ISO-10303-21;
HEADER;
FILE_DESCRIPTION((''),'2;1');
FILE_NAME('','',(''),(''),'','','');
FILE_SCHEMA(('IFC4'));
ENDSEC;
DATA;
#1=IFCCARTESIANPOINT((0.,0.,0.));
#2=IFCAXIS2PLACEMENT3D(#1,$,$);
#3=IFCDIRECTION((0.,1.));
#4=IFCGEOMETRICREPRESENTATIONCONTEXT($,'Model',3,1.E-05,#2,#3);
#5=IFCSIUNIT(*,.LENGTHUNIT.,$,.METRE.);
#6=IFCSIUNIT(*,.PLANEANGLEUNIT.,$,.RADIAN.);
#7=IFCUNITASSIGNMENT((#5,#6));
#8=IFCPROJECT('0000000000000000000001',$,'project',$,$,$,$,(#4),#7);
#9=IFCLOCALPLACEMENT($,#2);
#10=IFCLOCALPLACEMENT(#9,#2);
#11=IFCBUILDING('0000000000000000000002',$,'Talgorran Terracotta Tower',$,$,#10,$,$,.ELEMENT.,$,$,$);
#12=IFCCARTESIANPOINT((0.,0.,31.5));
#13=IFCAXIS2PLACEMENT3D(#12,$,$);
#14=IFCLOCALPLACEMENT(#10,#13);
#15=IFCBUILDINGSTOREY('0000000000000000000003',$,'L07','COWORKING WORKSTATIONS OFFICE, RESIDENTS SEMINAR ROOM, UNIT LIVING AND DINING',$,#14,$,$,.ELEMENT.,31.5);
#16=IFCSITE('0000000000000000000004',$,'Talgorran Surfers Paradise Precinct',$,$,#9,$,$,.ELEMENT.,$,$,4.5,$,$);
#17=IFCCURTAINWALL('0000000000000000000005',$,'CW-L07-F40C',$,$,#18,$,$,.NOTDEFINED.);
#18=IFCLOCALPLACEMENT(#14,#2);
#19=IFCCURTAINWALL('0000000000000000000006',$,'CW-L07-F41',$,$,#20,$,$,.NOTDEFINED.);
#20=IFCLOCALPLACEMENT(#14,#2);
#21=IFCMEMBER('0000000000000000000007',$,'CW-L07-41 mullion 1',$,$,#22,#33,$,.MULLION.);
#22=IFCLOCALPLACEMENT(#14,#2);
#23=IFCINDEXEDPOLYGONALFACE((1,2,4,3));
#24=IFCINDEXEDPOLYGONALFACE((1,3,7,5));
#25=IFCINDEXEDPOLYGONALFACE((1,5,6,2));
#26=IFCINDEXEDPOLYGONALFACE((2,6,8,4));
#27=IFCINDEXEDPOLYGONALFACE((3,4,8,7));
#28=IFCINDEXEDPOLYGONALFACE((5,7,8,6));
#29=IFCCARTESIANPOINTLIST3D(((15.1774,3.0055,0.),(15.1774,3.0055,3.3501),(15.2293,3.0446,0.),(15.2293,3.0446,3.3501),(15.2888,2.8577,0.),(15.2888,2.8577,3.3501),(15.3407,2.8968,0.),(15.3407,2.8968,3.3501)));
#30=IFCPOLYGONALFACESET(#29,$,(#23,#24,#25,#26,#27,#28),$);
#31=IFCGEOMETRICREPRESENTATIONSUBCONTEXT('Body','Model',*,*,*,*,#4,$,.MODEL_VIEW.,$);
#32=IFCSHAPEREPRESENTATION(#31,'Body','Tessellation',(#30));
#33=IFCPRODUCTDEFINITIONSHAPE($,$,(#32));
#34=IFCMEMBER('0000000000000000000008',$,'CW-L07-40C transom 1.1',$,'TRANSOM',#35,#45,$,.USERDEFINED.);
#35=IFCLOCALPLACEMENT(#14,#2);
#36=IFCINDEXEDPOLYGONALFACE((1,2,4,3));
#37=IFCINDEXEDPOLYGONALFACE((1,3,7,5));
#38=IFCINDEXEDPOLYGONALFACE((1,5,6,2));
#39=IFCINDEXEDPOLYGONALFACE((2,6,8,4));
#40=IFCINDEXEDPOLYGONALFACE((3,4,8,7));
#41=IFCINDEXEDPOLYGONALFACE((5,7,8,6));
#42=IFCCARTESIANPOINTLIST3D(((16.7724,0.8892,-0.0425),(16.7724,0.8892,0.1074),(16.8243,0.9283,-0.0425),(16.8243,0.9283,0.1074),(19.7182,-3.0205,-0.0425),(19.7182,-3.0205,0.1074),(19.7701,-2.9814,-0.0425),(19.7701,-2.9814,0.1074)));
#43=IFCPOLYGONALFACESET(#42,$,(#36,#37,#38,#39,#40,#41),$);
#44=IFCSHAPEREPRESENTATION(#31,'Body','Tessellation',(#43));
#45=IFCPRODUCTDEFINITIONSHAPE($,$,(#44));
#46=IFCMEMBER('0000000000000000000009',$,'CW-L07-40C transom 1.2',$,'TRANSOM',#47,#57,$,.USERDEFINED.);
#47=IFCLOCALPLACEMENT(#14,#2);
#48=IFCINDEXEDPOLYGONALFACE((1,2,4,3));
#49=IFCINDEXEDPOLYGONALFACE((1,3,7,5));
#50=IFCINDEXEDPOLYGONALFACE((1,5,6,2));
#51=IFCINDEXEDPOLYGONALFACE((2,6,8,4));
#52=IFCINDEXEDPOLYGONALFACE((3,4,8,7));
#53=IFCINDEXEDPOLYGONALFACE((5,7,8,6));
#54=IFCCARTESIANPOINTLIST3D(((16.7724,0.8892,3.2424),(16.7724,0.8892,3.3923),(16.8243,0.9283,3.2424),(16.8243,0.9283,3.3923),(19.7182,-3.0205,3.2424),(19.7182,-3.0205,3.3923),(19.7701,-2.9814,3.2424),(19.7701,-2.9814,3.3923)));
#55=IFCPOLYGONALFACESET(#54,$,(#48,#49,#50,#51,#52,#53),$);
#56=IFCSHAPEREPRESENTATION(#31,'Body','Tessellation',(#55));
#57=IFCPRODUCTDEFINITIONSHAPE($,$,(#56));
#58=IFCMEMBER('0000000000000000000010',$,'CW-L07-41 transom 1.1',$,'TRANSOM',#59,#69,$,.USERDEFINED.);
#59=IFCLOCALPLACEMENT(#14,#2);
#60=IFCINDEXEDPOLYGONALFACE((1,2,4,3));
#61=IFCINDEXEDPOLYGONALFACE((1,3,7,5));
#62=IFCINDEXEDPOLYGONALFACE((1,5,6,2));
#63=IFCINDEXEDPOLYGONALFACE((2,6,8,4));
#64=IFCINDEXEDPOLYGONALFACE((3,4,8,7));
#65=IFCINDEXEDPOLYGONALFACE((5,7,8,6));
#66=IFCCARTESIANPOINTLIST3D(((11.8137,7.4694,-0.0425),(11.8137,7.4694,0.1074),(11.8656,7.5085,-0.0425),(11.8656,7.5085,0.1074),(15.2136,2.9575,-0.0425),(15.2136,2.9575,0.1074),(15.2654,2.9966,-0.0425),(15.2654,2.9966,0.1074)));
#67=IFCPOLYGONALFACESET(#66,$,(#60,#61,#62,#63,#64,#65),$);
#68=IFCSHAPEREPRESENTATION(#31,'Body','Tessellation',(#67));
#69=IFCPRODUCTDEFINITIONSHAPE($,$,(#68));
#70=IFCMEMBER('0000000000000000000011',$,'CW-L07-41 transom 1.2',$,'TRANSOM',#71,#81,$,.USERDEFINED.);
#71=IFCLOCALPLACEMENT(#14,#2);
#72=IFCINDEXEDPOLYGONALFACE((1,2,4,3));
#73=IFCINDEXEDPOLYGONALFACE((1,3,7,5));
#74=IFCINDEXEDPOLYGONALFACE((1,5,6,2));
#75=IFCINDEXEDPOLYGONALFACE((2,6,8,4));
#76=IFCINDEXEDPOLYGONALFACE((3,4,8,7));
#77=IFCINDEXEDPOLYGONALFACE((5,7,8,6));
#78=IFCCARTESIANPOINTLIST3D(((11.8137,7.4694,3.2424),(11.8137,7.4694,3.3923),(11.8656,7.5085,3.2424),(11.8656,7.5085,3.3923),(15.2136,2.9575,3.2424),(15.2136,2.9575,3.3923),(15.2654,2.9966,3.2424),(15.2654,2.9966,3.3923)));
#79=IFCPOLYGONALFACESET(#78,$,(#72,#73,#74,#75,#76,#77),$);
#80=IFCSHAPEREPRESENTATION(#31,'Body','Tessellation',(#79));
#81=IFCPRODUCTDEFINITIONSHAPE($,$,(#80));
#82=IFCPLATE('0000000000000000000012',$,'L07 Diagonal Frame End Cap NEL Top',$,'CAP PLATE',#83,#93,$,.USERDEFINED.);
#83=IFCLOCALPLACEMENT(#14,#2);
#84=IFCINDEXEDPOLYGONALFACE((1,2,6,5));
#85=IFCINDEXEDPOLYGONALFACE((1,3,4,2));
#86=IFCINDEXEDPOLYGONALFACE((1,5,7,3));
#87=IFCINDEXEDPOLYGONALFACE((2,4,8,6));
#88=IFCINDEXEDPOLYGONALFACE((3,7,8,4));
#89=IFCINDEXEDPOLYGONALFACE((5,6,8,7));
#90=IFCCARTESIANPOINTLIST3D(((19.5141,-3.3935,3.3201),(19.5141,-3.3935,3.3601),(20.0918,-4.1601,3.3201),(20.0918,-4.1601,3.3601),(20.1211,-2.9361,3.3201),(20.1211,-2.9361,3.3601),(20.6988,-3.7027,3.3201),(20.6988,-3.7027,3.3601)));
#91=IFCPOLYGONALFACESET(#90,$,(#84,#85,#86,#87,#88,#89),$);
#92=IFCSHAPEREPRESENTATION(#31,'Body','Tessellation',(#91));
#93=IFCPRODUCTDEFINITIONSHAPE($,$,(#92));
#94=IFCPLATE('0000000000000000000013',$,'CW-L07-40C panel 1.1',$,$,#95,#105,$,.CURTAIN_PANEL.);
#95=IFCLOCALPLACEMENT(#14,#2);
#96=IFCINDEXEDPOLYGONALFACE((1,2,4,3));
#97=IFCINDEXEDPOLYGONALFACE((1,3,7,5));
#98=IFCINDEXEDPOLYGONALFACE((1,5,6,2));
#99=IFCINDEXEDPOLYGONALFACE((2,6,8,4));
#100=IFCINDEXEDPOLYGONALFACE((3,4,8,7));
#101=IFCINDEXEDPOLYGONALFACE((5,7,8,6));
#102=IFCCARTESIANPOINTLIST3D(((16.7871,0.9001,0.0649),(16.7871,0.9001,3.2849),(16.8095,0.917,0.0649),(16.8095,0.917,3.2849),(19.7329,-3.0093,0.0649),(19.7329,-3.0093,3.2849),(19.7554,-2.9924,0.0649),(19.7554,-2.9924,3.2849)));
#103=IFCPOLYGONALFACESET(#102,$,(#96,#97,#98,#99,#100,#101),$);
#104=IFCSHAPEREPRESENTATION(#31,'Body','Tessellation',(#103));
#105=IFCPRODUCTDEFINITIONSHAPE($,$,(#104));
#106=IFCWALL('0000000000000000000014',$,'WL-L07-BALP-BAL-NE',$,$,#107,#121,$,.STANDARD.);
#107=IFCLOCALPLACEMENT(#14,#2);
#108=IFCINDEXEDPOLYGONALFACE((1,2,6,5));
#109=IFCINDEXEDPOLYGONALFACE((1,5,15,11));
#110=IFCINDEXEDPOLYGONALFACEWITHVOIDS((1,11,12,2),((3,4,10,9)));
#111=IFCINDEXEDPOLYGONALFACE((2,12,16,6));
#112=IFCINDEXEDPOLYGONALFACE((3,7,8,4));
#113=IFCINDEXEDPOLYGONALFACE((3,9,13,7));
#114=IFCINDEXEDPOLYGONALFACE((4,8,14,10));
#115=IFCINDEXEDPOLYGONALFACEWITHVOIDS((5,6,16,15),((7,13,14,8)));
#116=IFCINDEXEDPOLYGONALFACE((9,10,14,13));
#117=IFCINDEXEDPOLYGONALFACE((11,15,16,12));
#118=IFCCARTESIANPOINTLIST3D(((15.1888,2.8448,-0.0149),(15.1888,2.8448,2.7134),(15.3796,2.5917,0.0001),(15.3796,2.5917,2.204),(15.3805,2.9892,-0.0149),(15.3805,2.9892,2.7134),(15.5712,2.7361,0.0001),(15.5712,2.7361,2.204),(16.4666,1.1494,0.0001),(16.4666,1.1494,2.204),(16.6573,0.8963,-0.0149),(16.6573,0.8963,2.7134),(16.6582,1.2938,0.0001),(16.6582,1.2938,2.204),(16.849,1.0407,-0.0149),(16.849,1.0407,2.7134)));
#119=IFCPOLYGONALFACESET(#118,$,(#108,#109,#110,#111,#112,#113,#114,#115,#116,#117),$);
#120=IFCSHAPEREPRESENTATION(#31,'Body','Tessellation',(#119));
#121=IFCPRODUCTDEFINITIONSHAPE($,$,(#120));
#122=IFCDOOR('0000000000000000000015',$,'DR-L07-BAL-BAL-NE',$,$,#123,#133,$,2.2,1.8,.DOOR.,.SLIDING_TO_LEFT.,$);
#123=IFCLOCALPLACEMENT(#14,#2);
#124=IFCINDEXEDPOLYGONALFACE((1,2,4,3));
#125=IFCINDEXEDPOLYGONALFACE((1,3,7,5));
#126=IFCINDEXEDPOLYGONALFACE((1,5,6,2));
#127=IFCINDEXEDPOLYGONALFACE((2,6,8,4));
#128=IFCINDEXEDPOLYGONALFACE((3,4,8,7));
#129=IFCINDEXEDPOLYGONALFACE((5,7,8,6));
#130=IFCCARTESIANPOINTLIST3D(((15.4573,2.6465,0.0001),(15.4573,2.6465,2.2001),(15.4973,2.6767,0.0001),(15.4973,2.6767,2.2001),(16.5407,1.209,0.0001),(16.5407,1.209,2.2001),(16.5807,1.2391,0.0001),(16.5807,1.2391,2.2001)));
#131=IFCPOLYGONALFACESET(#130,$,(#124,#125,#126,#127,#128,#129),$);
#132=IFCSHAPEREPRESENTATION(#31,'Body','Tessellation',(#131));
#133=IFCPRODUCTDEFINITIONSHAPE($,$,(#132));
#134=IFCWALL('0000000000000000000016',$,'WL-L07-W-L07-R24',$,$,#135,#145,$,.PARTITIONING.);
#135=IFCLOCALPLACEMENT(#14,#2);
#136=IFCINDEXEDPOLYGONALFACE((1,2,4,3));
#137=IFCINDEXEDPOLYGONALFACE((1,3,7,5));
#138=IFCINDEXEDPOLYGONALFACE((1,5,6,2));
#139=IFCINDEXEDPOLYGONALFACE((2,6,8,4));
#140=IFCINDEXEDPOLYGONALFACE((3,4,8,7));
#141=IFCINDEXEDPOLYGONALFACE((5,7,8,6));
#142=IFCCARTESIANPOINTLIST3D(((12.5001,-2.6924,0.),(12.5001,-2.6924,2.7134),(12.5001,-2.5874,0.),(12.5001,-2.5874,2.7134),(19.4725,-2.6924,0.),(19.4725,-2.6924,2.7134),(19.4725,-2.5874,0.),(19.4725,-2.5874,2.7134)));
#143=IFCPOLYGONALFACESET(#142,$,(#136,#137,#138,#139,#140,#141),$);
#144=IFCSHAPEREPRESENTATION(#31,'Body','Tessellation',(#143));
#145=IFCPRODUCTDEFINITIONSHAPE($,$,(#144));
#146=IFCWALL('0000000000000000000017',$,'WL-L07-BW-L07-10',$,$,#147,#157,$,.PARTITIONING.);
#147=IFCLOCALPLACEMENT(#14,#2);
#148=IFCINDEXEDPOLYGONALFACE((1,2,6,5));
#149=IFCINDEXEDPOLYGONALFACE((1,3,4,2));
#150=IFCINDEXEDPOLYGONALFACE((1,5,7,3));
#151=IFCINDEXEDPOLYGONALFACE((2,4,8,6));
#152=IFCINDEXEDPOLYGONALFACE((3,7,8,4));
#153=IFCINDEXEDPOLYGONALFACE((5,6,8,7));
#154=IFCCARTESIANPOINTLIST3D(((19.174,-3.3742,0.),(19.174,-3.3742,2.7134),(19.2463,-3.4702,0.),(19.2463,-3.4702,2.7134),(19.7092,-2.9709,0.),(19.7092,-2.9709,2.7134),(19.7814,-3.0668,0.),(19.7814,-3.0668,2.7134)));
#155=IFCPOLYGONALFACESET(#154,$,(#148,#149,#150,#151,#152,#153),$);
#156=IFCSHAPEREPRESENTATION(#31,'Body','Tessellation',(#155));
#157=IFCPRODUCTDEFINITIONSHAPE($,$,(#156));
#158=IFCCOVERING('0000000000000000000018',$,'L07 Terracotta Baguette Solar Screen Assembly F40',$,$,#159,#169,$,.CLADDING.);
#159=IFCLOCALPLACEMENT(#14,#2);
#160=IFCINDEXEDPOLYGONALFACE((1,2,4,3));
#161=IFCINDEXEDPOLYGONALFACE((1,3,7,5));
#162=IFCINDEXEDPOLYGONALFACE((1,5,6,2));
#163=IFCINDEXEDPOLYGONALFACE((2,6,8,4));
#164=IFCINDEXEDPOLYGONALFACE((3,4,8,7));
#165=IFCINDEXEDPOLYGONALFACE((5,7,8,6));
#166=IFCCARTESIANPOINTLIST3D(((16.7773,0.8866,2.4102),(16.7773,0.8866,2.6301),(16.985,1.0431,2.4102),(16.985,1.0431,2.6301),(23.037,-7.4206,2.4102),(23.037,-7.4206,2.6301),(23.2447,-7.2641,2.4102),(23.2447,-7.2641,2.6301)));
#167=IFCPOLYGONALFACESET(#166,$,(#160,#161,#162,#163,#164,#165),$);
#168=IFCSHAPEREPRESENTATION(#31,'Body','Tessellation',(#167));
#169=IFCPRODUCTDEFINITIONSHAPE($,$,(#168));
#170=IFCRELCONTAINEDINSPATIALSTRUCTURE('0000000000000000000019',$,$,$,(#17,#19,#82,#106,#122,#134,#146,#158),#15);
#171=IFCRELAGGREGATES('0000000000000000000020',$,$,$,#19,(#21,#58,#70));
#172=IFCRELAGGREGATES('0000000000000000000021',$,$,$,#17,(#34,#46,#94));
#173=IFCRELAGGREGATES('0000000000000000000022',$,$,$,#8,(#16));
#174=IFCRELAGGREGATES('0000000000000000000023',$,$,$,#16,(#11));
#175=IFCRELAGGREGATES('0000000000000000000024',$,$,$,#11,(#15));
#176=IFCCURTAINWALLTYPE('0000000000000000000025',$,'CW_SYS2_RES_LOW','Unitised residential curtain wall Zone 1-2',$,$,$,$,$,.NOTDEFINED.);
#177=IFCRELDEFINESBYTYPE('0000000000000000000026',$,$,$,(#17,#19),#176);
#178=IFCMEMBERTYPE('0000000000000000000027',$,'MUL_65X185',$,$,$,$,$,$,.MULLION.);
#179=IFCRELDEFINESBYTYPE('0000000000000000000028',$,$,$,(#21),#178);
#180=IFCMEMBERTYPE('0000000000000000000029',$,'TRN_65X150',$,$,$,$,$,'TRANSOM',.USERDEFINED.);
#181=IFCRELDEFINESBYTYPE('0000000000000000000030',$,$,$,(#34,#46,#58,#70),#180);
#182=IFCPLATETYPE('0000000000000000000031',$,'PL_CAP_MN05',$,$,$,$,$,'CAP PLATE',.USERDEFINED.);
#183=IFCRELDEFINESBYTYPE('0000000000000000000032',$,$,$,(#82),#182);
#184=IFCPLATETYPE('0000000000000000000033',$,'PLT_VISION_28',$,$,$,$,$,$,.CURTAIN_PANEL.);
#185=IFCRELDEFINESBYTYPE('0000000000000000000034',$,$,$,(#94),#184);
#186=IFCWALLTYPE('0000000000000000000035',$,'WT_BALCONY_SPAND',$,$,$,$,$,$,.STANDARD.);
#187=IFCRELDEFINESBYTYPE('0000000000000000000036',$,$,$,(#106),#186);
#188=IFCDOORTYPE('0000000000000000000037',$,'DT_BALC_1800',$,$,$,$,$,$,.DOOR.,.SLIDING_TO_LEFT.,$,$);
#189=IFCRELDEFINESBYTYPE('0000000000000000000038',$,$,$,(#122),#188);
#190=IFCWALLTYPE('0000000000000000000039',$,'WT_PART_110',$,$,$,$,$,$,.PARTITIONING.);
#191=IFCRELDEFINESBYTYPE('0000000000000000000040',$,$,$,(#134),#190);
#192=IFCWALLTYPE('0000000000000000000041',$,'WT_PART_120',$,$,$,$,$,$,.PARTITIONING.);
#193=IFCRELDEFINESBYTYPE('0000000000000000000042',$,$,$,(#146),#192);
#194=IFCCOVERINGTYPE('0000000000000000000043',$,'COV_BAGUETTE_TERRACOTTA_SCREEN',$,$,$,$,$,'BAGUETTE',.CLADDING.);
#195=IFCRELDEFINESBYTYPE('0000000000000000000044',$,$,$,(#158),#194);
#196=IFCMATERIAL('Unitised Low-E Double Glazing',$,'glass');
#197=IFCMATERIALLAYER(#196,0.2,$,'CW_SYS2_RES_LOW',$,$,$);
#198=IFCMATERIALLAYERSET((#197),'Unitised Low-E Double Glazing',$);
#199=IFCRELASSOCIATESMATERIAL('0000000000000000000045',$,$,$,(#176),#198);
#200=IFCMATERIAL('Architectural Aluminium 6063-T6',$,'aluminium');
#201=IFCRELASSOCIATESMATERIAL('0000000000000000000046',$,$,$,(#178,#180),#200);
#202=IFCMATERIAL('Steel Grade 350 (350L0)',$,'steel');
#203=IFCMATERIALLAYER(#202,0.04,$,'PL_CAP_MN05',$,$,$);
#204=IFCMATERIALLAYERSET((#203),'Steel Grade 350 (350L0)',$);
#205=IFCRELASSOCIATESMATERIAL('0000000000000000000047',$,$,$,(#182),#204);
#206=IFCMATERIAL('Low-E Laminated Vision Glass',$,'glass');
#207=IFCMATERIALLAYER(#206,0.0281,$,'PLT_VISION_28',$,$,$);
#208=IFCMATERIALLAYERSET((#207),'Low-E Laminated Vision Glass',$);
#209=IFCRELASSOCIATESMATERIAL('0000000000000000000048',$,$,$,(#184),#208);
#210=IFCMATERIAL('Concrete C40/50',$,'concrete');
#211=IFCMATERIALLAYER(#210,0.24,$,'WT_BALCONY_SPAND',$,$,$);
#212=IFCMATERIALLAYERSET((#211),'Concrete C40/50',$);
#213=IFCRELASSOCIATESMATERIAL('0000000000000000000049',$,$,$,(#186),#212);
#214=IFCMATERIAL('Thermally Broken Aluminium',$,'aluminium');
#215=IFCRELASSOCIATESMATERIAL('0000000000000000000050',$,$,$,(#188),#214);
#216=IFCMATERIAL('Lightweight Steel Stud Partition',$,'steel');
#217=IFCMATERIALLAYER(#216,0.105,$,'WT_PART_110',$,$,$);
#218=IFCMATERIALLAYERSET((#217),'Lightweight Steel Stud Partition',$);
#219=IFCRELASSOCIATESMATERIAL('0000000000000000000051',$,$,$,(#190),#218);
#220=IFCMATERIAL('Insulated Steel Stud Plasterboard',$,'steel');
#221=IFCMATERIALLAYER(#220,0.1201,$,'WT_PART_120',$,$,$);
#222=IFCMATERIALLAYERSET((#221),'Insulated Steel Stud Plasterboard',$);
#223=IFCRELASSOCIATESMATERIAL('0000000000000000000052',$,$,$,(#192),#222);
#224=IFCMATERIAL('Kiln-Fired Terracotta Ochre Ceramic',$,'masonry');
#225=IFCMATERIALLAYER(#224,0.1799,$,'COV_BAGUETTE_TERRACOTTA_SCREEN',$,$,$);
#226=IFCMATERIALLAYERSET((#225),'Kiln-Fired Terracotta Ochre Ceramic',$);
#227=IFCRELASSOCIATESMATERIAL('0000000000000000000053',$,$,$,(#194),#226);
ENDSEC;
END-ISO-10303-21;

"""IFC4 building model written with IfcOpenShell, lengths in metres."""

from ifc_helpers import new_model, si_unit, direction, frame, frame_2d, origin, origin_2d, place, context, subcontext, project, spatial, rectangle, extrude, source, transform, mapped, material, layer, layer_set, material_profile, profile_set, type_object, type_shapes, element, fill, aggregate, save


model = new_model("IFC4")

# Units and contexts
model_context = context("Model", 3, precision=1e-05, world=origin(), true_north=direction((0.0, 1.0)))
body_context = subcontext(model_context, "Body", "Model", "MODEL_VIEW")
ifc_project = project(units=[si_unit("LENGTHUNIT", "METRE"), si_unit("PLANEANGLEUNIT", "RADIAN")], contexts=[model_context])

# Site, building, storey
site_placement = place(None, origin())
site = spatial("IfcSite", under=ifc_project, at=site_placement, Name="Talgorran Surfers Paradise Precinct", CompositionType="ELEMENT", RefElevation=4.5)
building_placement = place(site_placement, origin())
building = spatial("IfcBuilding", under=site, at=building_placement, Name="Talgorran Terracotta Tower", CompositionType="ELEMENT")
storey_placement = place(building_placement, frame((0.0, 0.0, 31.5)))
storey = spatial("IfcBuildingStorey", under=building, at=storey_placement, Name="L07", Description="COWORKING WORKSTATIONS OFFICE, RESIDENTS SEMINAR ROOM, UNIT LIVING AND DINING", CompositionType="ELEMENT", Elevation=31.5)

# Shared definitions
ifc_material_1 = material(Name="Steel Grade 350 (350L0)", Category="steel")

# Shared definitions
ifc_material_2 = material(Name="Unitised Low-E Double Glazing", Category="glass")
ifc_layer_1 = layer(ifc_material_2, 0.2, Name="CW_SYS2_RES_LOW")
ifc_layer_set_1 = layer_set([ifc_layer_1], Name="Unitised Low-E Double Glazing")
curtain_wall_type = type_object("IfcCurtainWallType", Name="CW_SYS2_RES_LOW", Description="Unitised residential curtain wall Zone 1-2", PredefinedType="NOTDEFINED", material=ifc_layer_set_1)
ifc_material_3 = material(Name="Architectural Aluminium 6063-T6", Category="aluminium")
ifc_material_profile_1 = material_profile(ifc_material_3, rectangle(XDim=0.0649, YDim=0.1851, at=origin_2d()), Name="CWM65X185")
ifc_profile_set_1 = profile_set([ifc_material_profile_1], Name="Architectural Aluminium 6063-T6")
member_type_1 = type_object("IfcMemberType", Name="MUL_65X185", PredefinedType="MULLION", material=ifc_profile_set_1)

# Curtain wall
curtain_wall_1_placement = place(storey_placement, origin())
curtain_wall_1 = element("IfcCurtainWall", 1, at=curtain_wall_1_placement, inside=storey, type_object=curtain_wall_type, Name="CW-L07-F40C", PredefinedType="NOTDEFINED")

# Curtain wall, member
curtain_wall_2_placement = place(storey_placement, origin())
curtain_wall_2 = element("IfcCurtainWall", 2, at=curtain_wall_2_placement, inside=storey, type_object=curtain_wall_type, Name="CW-L07-F41", PredefinedType="NOTDEFINED")
member_1_placement = place(storey_placement, frame((15.259, 2.9512, 0.0), z_axis=(0.0, 0.0, 1.0), x_axis=(-0.79864, -0.601809, 0.0)))
member_1 = element("IfcMember", 3, at=member_1_placement, type_object=member_type_1, Name="CW-L07-41 mullion 1", PredefinedType="MULLION", context=body_context, shape_type="SweptSolid", body=[
    extrude(rectangle(XDim=0.0649, YDim=0.1851, at=origin_2d()), origin(), (0.0, 0.0, 1.0), 3.3501),
])

# Members
ifc_material_profile_2 = material_profile(ifc_material_3, rectangle(XDim=0.0649, YDim=0.1499, at=origin_2d()), Name="CWT65X150")
ifc_profile_set_2 = profile_set([ifc_material_profile_2], Name="Architectural Aluminium 6063-T6")
member_type_2 = type_object("IfcMemberType", Name="TRN_65X150", ElementType="TRANSOM", PredefinedType="USERDEFINED", material=ifc_profile_set_2)
member_2_placement = place(storey_placement, frame((19.7441, -3.001, 0.0325), z_axis=(-0.60177, 0.798669, 0.0), x_axis=(-0.798669, -0.60177, 0.0)))
member_2 = element("IfcMember", 4, at=member_2_placement, type_object=member_type_2, Name="CW-L07-40C transom 1.1", ObjectType="TRANSOM", PredefinedType="USERDEFINED", context=body_context, shape_type="SweptSolid", body=[
    extrude(rectangle(XDim=0.0649, YDim=0.1499, at=origin_2d()), origin(), (0.0, 0.0, 1.0), 4.8953),
])
member_3_placement = place(storey_placement, frame((19.7441, -3.001, 3.3174), z_axis=(-0.60177, 0.798669, 0.0), x_axis=(-0.798669, -0.60177, 0.0)))
member_3 = element("IfcMember", 5, at=member_3_placement, type_object=member_type_2, Name="CW-L07-40C transom 1.2", ObjectType="TRANSOM", PredefinedType="USERDEFINED", context=body_context, shape_type="SweptSolid", body=[
    extrude(rectangle(XDim=0.0649, YDim=0.1499, at=origin_2d()), origin(), (0.0, 0.0, 1.0), 4.8953),
])
member_4_placement = place(storey_placement, frame((15.2395, 2.9771, 0.0325), z_axis=(-0.601803, 0.798644, 0.0), x_axis=(-0.798644, -0.601803, 0.0)))
member_4 = element("IfcMember", 6, at=member_4_placement, type_object=member_type_2, Name="CW-L07-41 transom 1.1", ObjectType="TRANSOM", PredefinedType="USERDEFINED", context=body_context, shape_type="SweptSolid", body=[
    extrude(rectangle(XDim=0.0649, YDim=0.1499, at=origin_2d()), origin(), (0.0, 0.0, 1.0), 5.6494),
])
member_5_placement = place(storey_placement, frame((15.2395, 2.9771, 3.3174), z_axis=(-0.601803, 0.798644, 0.0), x_axis=(-0.798644, -0.601803, 0.0)))
member_5 = element("IfcMember", 7, at=member_5_placement, type_object=member_type_2, Name="CW-L07-41 transom 1.2", ObjectType="TRANSOM", PredefinedType="USERDEFINED", context=body_context, shape_type="SweptSolid", body=[
    extrude(rectangle(XDim=0.0649, YDim=0.1499, at=origin_2d()), origin(), (0.0, 0.0, 1.0), 5.6494),
])
aggregate(curtain_wall_2, [member_1, member_4, member_5])

# Plates
ifc_layer_2 = layer(ifc_material_1, 0.04, Name="PL_CAP_MN05")
ifc_layer_set_2 = layer_set([ifc_layer_2], Name="Steel Grade 350 (350L0)")
plate_type_1 = type_object("IfcPlateType", Name="PL_CAP_MN05", ElementType="CAP PLATE", PredefinedType="USERDEFINED", material=ifc_layer_set_2)
plate_1_placement = place(storey_placement, frame((20.1064, -3.5481, 3.3201), z_axis=(0.0, 0.0, 1.0), x_axis=(-0.601815, 0.798636, 0.0)))
element("IfcPlate", 8, at=plate_1_placement, inside=storey, type_object=plate_type_1, Name="L07 Diagonal Frame End Cap NEL Top", ObjectType="CAP PLATE", PredefinedType="USERDEFINED", context=body_context, shape_type="SweptSolid", body=[
    extrude(rectangle(XDim=0.96, YDim=0.76, at=origin_2d()), origin(), (0.0, 0.0, 1.0), 0.04),
])
ifc_material_4 = material(Name="Low-E Laminated Vision Glass", Category="glass")
ifc_layer_3 = layer(ifc_material_4, 0.0281, Name="PLT_VISION_28")
ifc_layer_set_3 = layer_set([ifc_layer_3], Name="Low-E Laminated Vision Glass")
plate_type_2 = type_object("IfcPlateType", Name="PLT_VISION_28", PredefinedType="CURTAIN_PANEL", material=ifc_layer_set_3)
shared_shape_1 = source(origin(), body_context, "Body", "SweptSolid", [
    extrude(rectangle(XDim=4.895, YDim=0.0281, at=origin_2d()), origin(), (0.0, 0.0, 1.0), 3.22),
])
type_shapes(plate_type_2, [shared_shape_1])
plate_2_placement = place(storey_placement, frame((18.2712, -1.0461, 0.0649), z_axis=(0.0, 0.0, 1.0), x_axis=(-0.601797, 0.798649, 0.0)))
plate_2 = element("IfcPlate", 9, at=plate_2_placement, type_object=plate_type_2, Name="CW-L07-40C panel 1.1", PredefinedType="CURTAIN_PANEL", context=body_context, shape_type="MappedRepresentation", body=[
    mapped(shared_shape_1, transform((0.0, 0.0, 0.0), scale=1.0)),
])
aggregate(curtain_wall_1, [member_2, member_3, plate_2])

# Wall, opening, door
ifc_material_5 = material(Name="Concrete C40/50", Category="concrete")
ifc_layer_4 = layer(ifc_material_5, 0.24, Name="WT_BALCONY_SPAND")
ifc_layer_set_4 = layer_set([ifc_layer_4], Name="Concrete C40/50")
wall_type_1 = type_object("IfcWallType", Name="WT_BALCONY_SPAND", PredefinedType="STANDARD", material=ifc_layer_set_4)
wall_1_placement = place(storey_placement, frame((16.7532, 0.9685, -0.0149), z_axis=(0.0, 0.0, 1.0), x_axis=(-0.601872, 0.798593, 0.0)))
wall_1 = element("IfcWall", 10, at=wall_1_placement, inside=storey, type_object=wall_type_1, Name="WL-L07-BALP-BAL-NE", PredefinedType="STANDARD", context=body_context, shape_type="SweptSolid", body=[
    extrude(rectangle(XDim=2.4399, YDim=0.24, at=frame_2d((1.22, 0.0))), origin(), (0.0, 0.0, 1.0), 2.7283),
])
opening_placement = place(wall_1_placement, frame((0.3201, 0.0, 0.0149)))
opening = element("IfcOpeningElement", 11, at=opening_placement, cuts=wall_1, PredefinedType="OPENING", context=body_context, shape_type="SweptSolid", body=[
    extrude(rectangle(XDim=1.806, YDim=2.204, at=frame_2d((0.8999, 1.1021))), frame((0.0, 0.1299, 0.0), z_axis=(0.0, -1.0, 0.0), x_axis=(1.0, 0.0, 0.0)), (0.0, 0.0, 1.0), 0.26),
])
ifc_material_6 = material(Name="Thermally Broken Aluminium", Category="aluminium")
door_type = type_object("IfcDoorType", Name="DT_BALC_1800", OperationType="SLIDING_TO_LEFT", PredefinedType="DOOR", material=ifc_material_6)
door_placement = place(opening_placement, origin())
door = element("IfcDoor", 12, at=door_placement, inside=storey, type_object=door_type, Name="DR-L07-BAL-BAL-NE", OperationType="SLIDING_TO_LEFT", OverallHeight=2.2, OverallWidth=1.8, PredefinedType="DOOR", context=body_context, shape_type="SweptSolid", body=[
    extrude(rectangle(XDim=1.8, YDim=2.2, at=frame_2d((0.8999, 1.1001))), frame((0.0, 0.0249, 0.0), z_axis=(0.0, -1.0, 0.0), x_axis=(1.0, 0.0, 0.0)), (0.0, 0.0, 1.0), 0.05),
])
fill(opening, door)

# Walls
ifc_material_7 = material(Name="Lightweight Steel Stud Partition", Category="steel")
ifc_layer_5 = layer(ifc_material_7, 0.105, Name="WT_PART_110")
ifc_layer_set_5 = layer_set([ifc_layer_5], Name="Lightweight Steel Stud Partition")
wall_type_2 = type_object("IfcWallType", Name="WT_PART_110", PredefinedType="PARTITIONING", material=ifc_layer_set_5)
wall_2_placement = place(storey_placement, frame((12.5, -2.6399, 0.0), z_axis=(0.0, 0.0, 1.0), x_axis=(1.0, 0.0, 0.0)))
element("IfcWall", 13, at=wall_2_placement, inside=storey, type_object=wall_type_2, Name="WL-L07-W-L07-R24", PredefinedType="PARTITIONING", context=body_context, shape_type="SweptSolid", body=[
    extrude(rectangle(XDim=6.9724, YDim=0.105, at=frame_2d((3.4863, 0.0))), origin(), (0.0, 0.0, 1.0), 2.7134),
])
ifc_material_8 = material(Name="Insulated Steel Stud Plasterboard", Category="steel")
ifc_layer_6 = layer(ifc_material_8, 0.1201, Name="WT_PART_120")
ifc_layer_set_6 = layer_set([ifc_layer_6], Name="Insulated Steel Stud Plasterboard")
wall_type_3 = type_object("IfcWallType", Name="WT_PART_120", PredefinedType="PARTITIONING", material=ifc_layer_set_6)
wall_3_placement = place(storey_placement, frame((19.2102, -3.4221, 0.0), z_axis=(0.0, 0.0, 1.0), x_axis=(0.798599, 0.601864, 0.0)))
element("IfcWall", 14, at=wall_3_placement, inside=storey, type_object=wall_type_3, Name="WL-L07-BW-L07-10", PredefinedType="PARTITIONING", context=body_context, shape_type="SweptSolid", body=[
    extrude(rectangle(XDim=0.6702, YDim=0.1201, at=frame_2d((0.335, 0.0))), origin(), (0.0, 0.0, 1.0), 2.7134),
])

# Covering
ifc_material_9 = material(Name="Kiln-Fired Terracotta Ochre Ceramic", Category="masonry")
ifc_layer_7 = layer(ifc_material_9, 0.1799, Name="COV_BAGUETTE_TERRACOTTA_SCREEN")
ifc_layer_set_7 = layer_set([ifc_layer_7], Name="Kiln-Fired Terracotta Ochre Ceramic")
covering_type_1 = type_object("IfcCoveringType", Name="COV_BAGUETTE_TERRACOTTA_SCREEN", ElementType="BAGUETTE", PredefinedType="CLADDING", material=ifc_layer_set_7)
covering_1_placement = place(storey_placement, frame((20.011, -3.1887, 2.4102), z_axis=(0.0, 0.0, 1.0), x_axis=(-0.601801, 0.798646, 0.0)))
element("IfcCovering", 15, at=covering_1_placement, inside=storey, type_object=covering_type_1, Name="L07 Terracotta Baguette Solar Screen Assembly F40", PredefinedType="CLADDING", context=body_context, shape_type="SweptSolid", body=[
    extrude(rectangle(XDim=10.4016, YDim=0.26, at=origin_2d()), origin(), (0.0, 0.0, 1.0), 0.22),
])

save(model, "model.ifc")
